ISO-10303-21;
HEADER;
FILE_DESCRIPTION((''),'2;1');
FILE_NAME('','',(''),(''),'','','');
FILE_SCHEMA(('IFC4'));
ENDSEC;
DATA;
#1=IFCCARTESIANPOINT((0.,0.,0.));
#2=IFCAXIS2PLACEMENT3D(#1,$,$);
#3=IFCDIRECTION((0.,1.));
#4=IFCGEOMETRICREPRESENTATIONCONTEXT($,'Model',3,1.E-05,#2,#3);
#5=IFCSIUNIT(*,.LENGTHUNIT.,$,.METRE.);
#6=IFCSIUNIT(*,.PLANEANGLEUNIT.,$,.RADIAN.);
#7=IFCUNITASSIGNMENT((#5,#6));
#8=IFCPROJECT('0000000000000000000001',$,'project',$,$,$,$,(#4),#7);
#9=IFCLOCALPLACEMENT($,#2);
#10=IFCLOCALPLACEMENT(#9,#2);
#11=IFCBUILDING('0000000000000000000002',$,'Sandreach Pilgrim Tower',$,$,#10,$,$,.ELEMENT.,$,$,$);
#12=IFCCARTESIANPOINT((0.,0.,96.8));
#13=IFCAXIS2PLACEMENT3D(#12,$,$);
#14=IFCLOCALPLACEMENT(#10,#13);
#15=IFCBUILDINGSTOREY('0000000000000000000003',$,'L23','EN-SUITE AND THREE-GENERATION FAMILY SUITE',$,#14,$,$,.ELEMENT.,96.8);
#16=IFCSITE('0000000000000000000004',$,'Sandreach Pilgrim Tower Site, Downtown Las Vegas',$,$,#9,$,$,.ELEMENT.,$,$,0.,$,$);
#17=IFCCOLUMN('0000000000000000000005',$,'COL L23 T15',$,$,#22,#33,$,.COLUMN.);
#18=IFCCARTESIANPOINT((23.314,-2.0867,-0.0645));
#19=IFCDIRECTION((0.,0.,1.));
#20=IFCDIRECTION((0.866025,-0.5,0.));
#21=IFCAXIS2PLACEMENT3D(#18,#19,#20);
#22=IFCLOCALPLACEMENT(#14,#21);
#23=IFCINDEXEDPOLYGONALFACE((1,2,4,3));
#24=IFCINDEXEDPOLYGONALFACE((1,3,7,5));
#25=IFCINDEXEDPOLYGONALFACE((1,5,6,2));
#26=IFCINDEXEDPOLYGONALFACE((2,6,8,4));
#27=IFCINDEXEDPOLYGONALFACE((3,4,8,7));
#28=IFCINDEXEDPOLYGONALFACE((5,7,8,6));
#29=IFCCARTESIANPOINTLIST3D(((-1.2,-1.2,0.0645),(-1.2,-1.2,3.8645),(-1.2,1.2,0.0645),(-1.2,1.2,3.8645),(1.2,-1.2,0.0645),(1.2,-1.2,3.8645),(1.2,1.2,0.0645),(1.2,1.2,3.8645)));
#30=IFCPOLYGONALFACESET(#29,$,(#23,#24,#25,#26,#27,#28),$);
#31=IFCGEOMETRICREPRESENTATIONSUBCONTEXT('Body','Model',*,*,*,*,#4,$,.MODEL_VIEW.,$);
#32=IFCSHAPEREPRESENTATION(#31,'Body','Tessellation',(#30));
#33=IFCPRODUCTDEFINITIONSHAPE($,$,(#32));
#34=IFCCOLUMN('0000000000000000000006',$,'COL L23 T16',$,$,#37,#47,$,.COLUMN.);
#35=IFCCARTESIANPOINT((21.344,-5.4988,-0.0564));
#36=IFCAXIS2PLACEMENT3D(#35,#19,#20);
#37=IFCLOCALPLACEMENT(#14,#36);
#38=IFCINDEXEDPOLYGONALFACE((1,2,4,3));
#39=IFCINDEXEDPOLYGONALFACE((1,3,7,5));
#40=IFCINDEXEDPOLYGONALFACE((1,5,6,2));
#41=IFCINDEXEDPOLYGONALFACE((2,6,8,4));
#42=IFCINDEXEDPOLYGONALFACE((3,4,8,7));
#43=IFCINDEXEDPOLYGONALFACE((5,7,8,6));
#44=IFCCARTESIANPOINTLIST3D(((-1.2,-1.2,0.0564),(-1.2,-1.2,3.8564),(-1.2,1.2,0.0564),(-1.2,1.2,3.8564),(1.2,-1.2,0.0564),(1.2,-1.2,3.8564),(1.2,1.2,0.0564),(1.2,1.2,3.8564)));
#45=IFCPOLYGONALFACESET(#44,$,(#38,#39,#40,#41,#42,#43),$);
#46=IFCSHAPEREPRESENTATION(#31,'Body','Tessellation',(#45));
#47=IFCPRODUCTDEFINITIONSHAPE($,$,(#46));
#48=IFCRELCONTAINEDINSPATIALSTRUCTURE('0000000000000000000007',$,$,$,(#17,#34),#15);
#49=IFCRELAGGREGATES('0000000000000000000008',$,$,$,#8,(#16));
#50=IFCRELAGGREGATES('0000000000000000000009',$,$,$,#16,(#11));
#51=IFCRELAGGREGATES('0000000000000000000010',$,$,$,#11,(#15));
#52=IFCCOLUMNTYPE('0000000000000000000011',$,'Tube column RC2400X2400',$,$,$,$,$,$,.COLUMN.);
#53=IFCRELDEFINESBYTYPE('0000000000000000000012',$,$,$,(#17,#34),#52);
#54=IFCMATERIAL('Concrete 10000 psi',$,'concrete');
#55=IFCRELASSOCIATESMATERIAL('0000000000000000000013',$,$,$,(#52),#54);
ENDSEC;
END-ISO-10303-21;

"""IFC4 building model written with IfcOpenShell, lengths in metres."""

from ifc_helpers import new_model, si_unit, direction, frame, origin, origin_2d, place, context, subcontext, project, spatial, rectangle, extrude, clip, halfspace, material, material_profile, profile_set, type_object, element, save


model = new_model("IFC4")

# Units and contexts
model_context = context("Model", 3, precision=1e-05, world=origin(), true_north=direction((0.0, 1.0)))
body_context = subcontext(model_context, "Body", "Model", "MODEL_VIEW")
ifc_project = project(units=[si_unit("LENGTHUNIT", "METRE"), si_unit("PLANEANGLEUNIT", "RADIAN")], contexts=[model_context])

# Site, building, storey
site_placement = place(None, origin())
site = spatial("IfcSite", under=ifc_project, at=site_placement, Name="Sandreach Pilgrim Tower Site, Downtown Las Vegas", CompositionType="ELEMENT", RefElevation=0.0)
building_placement = place(site_placement, origin())
building = spatial("IfcBuilding", under=site, at=building_placement, Name="Sandreach Pilgrim Tower", CompositionType="ELEMENT")
storey_placement = place(building_placement, frame((0.0, 0.0, 96.8)))
storey = spatial("IfcBuildingStorey", under=building, at=storey_placement, Name="L23", Description="EN-SUITE AND THREE-GENERATION FAMILY SUITE", CompositionType="ELEMENT", Elevation=96.8)

# Columns
ifc_material_1 = material(Name="Concrete 10000 psi", Category="concrete")
ifc_material_profile_1 = material_profile(ifc_material_1, rectangle(XDim=2.3999, YDim=2.3999, at=origin_2d()), Name="RC2400X2400")
ifc_profile_set_1 = profile_set([ifc_material_profile_1], Name="Concrete 10000 psi")
column_type = type_object("IfcColumnType", Name="Tube column RC2400X2400", PredefinedType="COLUMN", material=ifc_profile_set_1)
column_1_placement = place(storey_placement, frame((23.314, -2.0867, -0.0645), z_axis=(0.0, 0.0, 1.0), x_axis=(0.866025, -0.5, 0.0)))
element("IfcColumn", 1, at=column_1_placement, inside=storey, type_object=column_type, Name="COL L23 T15", PredefinedType="COLUMN", context=body_context, shape_type="SweptSolid", body=[
    clip(extrude(rectangle(XDim=2.3999, YDim=2.3999, at=origin_2d()), origin(), (0.0, 0.0, 1.0), 3.8645), halfspace(frame((0.0, 0.0, 0.0645)), True)),
])
column_2_placement = place(storey_placement, frame((21.344, -5.4988, -0.0564), z_axis=(0.0, 0.0, 1.0), x_axis=(0.866025, -0.5, 0.0)))
element("IfcColumn", 2, at=column_2_placement, inside=storey, type_object=column_type, Name="COL L23 T16", PredefinedType="COLUMN", context=body_context, shape_type="SweptSolid", body=[
    clip(extrude(rectangle(XDim=2.3999, YDim=2.3999, at=origin_2d()), origin(), (0.0, 0.0, 1.0), 3.8564), halfspace(frame((0.0, 0.0, 0.0564)), True)),
])

save(model, "model.ifc")
